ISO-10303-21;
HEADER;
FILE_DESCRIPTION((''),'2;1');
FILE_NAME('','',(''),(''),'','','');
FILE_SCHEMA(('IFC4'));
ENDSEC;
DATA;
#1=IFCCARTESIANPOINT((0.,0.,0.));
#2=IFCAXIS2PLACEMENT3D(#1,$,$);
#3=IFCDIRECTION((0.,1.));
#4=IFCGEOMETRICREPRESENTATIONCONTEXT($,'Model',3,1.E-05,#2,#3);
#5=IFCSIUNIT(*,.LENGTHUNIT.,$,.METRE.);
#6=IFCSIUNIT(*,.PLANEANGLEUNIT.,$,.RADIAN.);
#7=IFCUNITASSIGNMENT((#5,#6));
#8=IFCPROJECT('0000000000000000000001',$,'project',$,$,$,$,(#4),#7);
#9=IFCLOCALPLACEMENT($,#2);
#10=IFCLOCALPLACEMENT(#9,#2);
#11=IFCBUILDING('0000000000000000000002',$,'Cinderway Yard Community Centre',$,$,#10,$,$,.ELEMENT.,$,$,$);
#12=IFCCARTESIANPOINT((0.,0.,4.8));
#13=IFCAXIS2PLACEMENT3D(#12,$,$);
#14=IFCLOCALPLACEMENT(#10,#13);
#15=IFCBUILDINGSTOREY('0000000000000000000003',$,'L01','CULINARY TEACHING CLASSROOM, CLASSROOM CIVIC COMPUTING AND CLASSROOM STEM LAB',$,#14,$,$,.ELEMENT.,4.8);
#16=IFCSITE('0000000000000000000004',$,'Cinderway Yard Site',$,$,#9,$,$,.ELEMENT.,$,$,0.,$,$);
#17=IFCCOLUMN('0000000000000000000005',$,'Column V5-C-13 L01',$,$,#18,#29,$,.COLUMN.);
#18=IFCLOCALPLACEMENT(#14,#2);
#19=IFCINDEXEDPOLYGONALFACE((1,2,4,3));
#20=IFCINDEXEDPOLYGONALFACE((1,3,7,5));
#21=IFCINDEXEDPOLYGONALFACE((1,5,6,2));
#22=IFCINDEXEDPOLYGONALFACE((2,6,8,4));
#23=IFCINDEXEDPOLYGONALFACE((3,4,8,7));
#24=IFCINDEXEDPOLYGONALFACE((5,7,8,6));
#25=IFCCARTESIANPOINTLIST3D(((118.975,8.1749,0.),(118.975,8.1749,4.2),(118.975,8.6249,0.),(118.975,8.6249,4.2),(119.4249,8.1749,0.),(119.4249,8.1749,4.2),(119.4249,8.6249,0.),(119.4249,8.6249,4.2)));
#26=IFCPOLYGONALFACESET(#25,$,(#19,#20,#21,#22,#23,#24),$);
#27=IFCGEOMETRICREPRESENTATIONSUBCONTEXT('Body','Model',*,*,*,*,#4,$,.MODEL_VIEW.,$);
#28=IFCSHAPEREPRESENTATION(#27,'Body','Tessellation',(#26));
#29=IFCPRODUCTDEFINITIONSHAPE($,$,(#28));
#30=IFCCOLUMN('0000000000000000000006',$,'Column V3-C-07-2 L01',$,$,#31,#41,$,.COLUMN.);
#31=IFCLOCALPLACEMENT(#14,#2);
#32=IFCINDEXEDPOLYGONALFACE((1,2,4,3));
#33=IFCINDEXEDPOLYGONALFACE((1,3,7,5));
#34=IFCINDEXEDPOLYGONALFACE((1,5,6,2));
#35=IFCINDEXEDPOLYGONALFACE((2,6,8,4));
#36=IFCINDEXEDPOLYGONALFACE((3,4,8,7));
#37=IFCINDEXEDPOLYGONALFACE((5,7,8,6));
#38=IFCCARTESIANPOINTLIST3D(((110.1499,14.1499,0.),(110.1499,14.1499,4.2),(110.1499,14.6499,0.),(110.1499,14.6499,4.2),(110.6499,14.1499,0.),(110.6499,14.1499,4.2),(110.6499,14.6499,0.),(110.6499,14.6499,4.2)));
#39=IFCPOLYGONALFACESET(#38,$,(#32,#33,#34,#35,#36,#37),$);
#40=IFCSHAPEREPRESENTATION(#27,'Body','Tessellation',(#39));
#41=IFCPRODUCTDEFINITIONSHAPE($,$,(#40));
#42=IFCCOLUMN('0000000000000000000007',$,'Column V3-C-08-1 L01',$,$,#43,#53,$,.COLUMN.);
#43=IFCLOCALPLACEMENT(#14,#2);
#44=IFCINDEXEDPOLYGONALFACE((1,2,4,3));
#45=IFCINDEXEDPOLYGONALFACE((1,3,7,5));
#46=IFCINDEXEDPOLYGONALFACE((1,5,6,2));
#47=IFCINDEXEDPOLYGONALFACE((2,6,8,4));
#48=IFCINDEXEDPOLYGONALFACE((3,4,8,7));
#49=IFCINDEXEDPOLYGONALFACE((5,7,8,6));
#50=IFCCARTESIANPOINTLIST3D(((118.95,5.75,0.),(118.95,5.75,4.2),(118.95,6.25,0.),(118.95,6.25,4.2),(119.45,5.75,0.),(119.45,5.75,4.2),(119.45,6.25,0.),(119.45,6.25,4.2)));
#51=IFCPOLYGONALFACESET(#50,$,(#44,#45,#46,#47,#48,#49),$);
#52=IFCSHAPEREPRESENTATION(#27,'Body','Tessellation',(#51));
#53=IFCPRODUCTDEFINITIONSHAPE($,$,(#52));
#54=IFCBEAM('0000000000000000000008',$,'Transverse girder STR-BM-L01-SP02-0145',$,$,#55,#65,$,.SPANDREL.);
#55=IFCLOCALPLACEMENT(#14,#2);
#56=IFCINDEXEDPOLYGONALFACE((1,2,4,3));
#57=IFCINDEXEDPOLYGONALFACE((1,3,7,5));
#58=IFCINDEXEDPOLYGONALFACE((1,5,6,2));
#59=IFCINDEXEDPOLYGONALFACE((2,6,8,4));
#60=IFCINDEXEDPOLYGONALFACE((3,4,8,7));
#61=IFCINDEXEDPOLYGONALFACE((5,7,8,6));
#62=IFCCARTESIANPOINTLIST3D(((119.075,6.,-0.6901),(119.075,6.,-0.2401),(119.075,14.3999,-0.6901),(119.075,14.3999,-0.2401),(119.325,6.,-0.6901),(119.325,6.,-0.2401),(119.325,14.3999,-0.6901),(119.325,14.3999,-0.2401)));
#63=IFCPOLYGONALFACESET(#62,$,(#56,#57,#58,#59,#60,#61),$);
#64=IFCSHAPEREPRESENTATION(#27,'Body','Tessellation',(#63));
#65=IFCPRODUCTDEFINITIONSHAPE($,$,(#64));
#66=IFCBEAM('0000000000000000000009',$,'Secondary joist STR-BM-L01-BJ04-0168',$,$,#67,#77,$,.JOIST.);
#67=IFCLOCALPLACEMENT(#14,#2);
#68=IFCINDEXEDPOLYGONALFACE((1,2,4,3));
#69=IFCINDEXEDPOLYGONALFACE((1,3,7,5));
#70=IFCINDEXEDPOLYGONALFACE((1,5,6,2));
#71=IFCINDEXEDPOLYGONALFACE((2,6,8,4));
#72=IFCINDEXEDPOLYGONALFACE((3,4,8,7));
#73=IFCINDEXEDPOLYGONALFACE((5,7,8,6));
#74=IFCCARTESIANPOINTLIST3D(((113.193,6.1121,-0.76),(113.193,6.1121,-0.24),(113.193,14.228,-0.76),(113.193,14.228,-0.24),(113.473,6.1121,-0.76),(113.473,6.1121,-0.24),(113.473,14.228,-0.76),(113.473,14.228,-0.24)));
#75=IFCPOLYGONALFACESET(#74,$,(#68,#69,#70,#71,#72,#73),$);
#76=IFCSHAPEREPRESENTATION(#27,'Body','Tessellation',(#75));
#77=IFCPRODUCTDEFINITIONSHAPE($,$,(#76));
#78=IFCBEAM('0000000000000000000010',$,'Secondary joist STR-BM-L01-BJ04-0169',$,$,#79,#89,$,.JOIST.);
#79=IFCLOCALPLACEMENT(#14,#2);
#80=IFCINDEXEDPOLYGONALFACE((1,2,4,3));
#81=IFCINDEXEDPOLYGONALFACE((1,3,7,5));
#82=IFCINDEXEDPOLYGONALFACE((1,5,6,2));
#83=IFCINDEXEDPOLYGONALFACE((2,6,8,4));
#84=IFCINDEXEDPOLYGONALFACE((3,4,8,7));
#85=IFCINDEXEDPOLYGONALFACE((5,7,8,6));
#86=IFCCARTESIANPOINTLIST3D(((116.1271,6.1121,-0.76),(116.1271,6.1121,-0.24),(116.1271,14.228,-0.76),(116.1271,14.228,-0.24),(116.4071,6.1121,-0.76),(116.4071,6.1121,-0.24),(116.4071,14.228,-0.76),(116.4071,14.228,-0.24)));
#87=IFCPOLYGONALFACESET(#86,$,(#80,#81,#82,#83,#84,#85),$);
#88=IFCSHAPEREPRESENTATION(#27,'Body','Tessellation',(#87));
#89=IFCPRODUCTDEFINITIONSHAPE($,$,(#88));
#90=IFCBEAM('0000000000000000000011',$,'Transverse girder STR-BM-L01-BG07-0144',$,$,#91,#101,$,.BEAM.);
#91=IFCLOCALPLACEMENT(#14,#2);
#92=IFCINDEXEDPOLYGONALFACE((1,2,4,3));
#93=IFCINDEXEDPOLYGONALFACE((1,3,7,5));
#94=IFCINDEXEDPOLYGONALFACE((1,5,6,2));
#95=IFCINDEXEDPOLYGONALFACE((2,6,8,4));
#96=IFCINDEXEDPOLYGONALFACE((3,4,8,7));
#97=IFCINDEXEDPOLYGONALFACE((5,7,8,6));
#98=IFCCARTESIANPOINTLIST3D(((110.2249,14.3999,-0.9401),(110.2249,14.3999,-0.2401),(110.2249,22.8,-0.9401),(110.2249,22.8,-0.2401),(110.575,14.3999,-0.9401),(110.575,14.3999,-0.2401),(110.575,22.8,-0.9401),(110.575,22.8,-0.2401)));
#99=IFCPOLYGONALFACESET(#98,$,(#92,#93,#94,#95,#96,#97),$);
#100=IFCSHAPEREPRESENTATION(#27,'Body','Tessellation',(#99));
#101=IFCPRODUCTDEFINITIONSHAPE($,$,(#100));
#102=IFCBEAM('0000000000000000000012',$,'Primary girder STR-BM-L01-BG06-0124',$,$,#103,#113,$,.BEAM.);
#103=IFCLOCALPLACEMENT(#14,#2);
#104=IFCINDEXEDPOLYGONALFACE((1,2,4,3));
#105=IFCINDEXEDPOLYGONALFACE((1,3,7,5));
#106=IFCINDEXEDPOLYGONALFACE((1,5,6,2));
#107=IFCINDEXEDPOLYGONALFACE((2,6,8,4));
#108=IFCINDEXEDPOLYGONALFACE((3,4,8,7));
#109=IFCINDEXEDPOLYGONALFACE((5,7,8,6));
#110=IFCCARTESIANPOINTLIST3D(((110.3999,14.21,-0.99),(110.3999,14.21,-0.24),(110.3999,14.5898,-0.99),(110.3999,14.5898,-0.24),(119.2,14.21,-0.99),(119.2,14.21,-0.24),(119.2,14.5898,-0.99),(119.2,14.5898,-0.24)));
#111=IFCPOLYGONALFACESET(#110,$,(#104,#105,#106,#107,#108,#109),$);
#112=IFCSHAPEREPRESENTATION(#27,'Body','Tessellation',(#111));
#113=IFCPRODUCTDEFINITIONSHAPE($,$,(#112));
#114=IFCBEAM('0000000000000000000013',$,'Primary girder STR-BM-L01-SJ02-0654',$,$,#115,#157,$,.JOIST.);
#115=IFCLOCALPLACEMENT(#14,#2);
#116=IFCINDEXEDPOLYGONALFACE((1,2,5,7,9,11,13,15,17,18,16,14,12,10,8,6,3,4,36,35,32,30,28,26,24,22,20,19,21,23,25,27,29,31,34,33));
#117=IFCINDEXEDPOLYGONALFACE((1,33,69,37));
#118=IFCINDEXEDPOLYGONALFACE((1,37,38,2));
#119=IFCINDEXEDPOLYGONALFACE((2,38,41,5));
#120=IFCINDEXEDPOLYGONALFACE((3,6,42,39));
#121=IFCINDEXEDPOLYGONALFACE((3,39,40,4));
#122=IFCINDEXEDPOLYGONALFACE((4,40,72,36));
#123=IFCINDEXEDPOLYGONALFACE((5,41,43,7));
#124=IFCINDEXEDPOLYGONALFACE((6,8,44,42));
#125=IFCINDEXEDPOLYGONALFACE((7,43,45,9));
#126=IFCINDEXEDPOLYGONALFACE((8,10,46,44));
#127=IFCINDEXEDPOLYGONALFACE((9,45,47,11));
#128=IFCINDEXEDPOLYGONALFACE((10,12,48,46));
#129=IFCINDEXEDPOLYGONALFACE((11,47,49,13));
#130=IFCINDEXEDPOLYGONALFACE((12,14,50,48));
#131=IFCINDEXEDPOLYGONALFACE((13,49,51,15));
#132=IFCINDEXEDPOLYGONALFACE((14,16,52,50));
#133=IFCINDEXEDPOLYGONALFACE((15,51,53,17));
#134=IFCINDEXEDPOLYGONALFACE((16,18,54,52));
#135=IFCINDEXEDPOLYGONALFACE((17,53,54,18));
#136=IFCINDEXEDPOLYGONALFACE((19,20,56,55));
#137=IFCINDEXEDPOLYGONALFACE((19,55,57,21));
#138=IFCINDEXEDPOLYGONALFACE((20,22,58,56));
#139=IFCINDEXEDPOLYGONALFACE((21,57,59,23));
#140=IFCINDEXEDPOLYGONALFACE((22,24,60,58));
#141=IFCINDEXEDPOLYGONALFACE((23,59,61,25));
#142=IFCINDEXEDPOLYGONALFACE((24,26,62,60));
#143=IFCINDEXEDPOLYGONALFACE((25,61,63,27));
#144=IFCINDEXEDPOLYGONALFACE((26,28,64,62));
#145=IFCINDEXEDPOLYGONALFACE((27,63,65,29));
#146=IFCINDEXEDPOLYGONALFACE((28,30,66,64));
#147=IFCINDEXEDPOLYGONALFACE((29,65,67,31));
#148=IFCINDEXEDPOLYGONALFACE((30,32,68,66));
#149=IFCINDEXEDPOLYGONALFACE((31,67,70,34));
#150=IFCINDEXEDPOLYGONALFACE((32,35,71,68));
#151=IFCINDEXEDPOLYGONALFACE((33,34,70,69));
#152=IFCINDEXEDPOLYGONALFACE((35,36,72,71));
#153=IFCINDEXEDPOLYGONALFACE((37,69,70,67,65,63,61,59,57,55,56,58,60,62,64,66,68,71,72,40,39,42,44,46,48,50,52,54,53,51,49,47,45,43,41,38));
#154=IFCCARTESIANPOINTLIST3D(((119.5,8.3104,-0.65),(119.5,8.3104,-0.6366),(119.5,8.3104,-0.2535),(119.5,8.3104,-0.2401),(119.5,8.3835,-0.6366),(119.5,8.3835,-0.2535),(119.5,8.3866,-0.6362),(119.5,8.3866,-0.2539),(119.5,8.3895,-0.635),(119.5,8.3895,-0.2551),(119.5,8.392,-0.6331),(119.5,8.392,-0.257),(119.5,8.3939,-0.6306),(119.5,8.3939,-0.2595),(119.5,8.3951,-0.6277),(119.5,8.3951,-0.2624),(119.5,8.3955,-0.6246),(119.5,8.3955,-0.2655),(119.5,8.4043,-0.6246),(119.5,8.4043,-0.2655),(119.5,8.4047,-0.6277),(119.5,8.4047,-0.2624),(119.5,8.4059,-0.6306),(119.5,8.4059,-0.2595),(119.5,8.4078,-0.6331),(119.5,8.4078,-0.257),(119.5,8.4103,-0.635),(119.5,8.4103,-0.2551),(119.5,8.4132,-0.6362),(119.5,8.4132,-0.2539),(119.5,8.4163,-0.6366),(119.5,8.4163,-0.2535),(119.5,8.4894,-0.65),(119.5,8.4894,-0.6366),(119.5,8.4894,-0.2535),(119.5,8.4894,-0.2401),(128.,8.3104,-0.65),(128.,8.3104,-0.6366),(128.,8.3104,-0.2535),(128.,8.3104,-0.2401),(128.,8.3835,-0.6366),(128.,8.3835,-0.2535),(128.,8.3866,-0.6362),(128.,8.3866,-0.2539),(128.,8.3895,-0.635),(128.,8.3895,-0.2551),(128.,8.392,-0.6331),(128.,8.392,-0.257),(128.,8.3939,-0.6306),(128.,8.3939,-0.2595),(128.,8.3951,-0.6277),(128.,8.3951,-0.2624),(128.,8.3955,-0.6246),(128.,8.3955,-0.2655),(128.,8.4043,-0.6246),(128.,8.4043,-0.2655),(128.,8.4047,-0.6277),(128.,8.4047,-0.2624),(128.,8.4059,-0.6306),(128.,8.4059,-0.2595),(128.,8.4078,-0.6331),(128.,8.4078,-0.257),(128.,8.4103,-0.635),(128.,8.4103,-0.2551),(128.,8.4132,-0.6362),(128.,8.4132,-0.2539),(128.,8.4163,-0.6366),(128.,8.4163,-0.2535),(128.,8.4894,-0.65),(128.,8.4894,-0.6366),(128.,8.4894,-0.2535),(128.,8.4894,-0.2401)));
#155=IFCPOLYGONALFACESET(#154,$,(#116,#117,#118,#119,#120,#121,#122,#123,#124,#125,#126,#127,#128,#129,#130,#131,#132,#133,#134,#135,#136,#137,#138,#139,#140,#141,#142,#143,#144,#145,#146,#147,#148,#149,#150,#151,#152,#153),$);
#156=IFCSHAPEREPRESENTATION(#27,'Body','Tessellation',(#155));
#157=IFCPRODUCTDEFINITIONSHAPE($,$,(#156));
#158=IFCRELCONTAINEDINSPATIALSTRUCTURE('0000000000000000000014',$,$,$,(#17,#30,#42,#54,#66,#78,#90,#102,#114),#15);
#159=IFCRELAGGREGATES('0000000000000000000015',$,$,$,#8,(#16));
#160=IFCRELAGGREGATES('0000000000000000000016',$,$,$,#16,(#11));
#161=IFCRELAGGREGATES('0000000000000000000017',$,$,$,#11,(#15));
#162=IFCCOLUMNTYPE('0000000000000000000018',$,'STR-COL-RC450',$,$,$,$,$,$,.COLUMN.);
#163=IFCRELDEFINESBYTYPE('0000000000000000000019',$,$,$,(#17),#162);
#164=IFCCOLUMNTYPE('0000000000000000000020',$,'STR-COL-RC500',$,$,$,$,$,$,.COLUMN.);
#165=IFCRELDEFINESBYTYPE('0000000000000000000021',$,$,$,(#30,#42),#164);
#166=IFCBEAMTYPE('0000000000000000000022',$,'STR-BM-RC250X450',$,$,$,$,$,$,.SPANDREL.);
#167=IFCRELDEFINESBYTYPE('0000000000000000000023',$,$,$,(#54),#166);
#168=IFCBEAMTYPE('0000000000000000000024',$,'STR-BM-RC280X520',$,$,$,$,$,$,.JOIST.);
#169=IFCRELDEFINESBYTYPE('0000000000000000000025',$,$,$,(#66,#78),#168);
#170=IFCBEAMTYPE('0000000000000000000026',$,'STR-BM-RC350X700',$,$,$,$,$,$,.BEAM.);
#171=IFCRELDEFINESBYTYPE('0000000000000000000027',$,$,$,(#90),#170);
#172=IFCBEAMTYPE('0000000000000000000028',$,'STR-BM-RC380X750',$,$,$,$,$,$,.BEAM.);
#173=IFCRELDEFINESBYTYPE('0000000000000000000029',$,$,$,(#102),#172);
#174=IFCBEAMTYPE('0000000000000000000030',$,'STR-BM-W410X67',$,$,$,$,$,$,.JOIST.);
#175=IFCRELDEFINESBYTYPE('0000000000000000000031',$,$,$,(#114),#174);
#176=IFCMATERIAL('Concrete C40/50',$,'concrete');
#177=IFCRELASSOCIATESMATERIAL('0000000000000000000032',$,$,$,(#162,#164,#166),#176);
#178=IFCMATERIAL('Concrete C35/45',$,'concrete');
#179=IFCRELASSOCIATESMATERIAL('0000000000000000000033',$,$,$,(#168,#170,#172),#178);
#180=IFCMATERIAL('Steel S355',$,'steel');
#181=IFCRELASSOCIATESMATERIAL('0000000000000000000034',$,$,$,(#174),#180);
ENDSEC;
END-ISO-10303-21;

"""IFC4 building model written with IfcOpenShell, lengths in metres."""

from ifc_helpers import new_model, si_unit, direction, frame, origin, origin_2d, place, context, subcontext, project, spatial, rectangle, i_section, extrude, material, material_profile, profile_set, type_object, element, save


model = new_model("IFC4")

# Units and contexts
model_context = context("Model", 3, precision=1e-05, world=origin(), true_north=direction((0.0, 1.0)))
body_context = subcontext(model_context, "Body", "Model", "MODEL_VIEW")
ifc_project = project(units=[si_unit("LENGTHUNIT", "METRE"), si_unit("PLANEANGLEUNIT", "RADIAN")], contexts=[model_context])

# Site, building, storey
site_placement = place(None, origin())
site = spatial("IfcSite", under=ifc_project, at=site_placement, Name="Cinderway Yard Site", CompositionType="ELEMENT", RefElevation=0.0)
building_placement = place(site_placement, origin())
building = spatial("IfcBuilding", under=site, at=building_placement, Name="Cinderway Yard Community Centre", CompositionType="ELEMENT")
storey_placement = place(building_placement, frame((0.0, 0.0, 4.8)))
storey = spatial("IfcBuildingStorey", under=building, at=storey_placement, Name="L01", Description="CULINARY TEACHING CLASSROOM, CLASSROOM CIVIC COMPUTING AND CLASSROOM STEM LAB", CompositionType="ELEMENT", Elevation=4.8)

# Columns
ifc_material_1 = material(Name="Concrete C40/50", Category="concrete")
ifc_material_profile_1 = material_profile(ifc_material_1, rectangle(XDim=0.45, YDim=0.45, at=origin_2d()), Name="Concrete C40/50")
ifc_profile_set_1 = profile_set([ifc_material_profile_1], Name="Concrete C40/50")
column_type_1 = type_object("IfcColumnType", Name="STR-COL-RC450", PredefinedType="COLUMN", material=ifc_profile_set_1)
column_placement = place(storey_placement, frame((119.2, 8.3999, 0.0), z_axis=(0.0, 0.0, 1.0), x_axis=(1.0, 0.0, 0.0)))
element("IfcColumn", 1, at=column_placement, inside=storey, type_object=column_type_1, Name="Column V5-C-13 L01", PredefinedType="COLUMN", context=body_context, shape_type="SweptSolid", body=[
    extrude(rectangle(XDim=0.45, YDim=0.45, at=origin_2d()), origin(), (0.0, 0.0, 1.0), 4.2),
])
ifc_material_profile_2 = material_profile(ifc_material_1, rectangle(XDim=0.5, YDim=0.5, at=origin_2d()), Name="Concrete C40/50")
ifc_profile_set_2 = profile_set([ifc_material_profile_2], Name="Concrete C40/50")
column_type_2 = type_object("IfcColumnType", Name="STR-COL-RC500", PredefinedType="COLUMN", material=ifc_profile_set_2)
for number, where, z_axis, x_axis, name in (
    (2, (110.3999, 14.3999, 0.0), (0.0, 0.0, 1.0), (1.0, 0.0, 0.0), "Column V3-C-07-2 L01"),
    (3, (119.2, 6.0, 0.0), (0.0, 0.0, 1.0), (1.0, 0.0, 0.0), "Column V3-C-08-1 L01"),
):
    element("IfcColumn", number, at=place(storey_placement, frame(where, z_axis=z_axis, x_axis=x_axis)), inside=storey, type_object=column_type_2, Name=name, PredefinedType="COLUMN", context=body_context, shape_type="SweptSolid", body=[
        extrude(rectangle(XDim=0.5, YDim=0.5, at=origin_2d()), origin(), (0.0, 0.0, 1.0), 4.2),
    ])

# Beams
ifc_material_profile_3 = material_profile(ifc_material_1, rectangle(XDim=0.25, YDim=0.45, at=origin_2d()), Name="Concrete C40/50")
ifc_profile_set_3 = profile_set([ifc_material_profile_3], Name="Concrete C40/50")
beam_type_1 = type_object("IfcBeamType", Name="STR-BM-RC250X450", PredefinedType="SPANDREL", material=ifc_profile_set_3)
beam_1_placement = place(storey_placement, frame((119.2, 6.0, -0.4651), z_axis=(0.0, 1.0, 0.0), x_axis=(-1.0, 0.0, 0.0)))
element("IfcBeam", 4, at=beam_1_placement, inside=storey, type_object=beam_type_1, Name="Transverse girder STR-BM-L01-SP02-0145", PredefinedType="SPANDREL", context=body_context, shape_type="SweptSolid", body=[
    extrude(rectangle(XDim=0.25, YDim=0.45, at=origin_2d()), origin(), (0.0, 0.0, 1.0), 8.3999),
])
ifc_material_2 = material(Name="Concrete C35/45", Category="concrete")
ifc_material_profile_4 = material_profile(ifc_material_2, rectangle(XDim=0.28, YDim=0.52, at=origin_2d()), Name="Concrete C35/45")
ifc_profile_set_4 = profile_set([ifc_material_profile_4], Name="Concrete C35/45")
beam_type_2 = type_object("IfcBeamType", Name="STR-BM-RC280X520", PredefinedType="JOIST", material=ifc_profile_set_4)
for number, where, z_axis, x_axis, name in (
    (5, (113.333, 6.1121, -0.5), (0.0, 1.0, 0.0), (-1.0, 0.0, 0.0), "Secondary joist STR-BM-L01-BJ04-0168"),
    (6, (116.2671, 6.1121, -0.5), (0.0, 1.0, 0.0), (-1.0, 0.0, 0.0), "Secondary joist STR-BM-L01-BJ04-0169"),
):
    element("IfcBeam", number, at=place(storey_placement, frame(where, z_axis=z_axis, x_axis=x_axis)), inside=storey, type_object=beam_type_2, Name=name, PredefinedType="JOIST", context=body_context, shape_type="SweptSolid", body=[
        extrude(rectangle(XDim=0.28, YDim=0.52, at=origin_2d()), origin(), (0.0, 0.0, 1.0), 8.116),
    ])
ifc_material_profile_5 = material_profile(ifc_material_2, rectangle(XDim=0.3501, YDim=0.7, at=origin_2d()), Name="Concrete C35/45")
ifc_profile_set_5 = profile_set([ifc_material_profile_5], Name="Concrete C35/45")
beam_type_3 = type_object("IfcBeamType", Name="STR-BM-RC350X700", PredefinedType="BEAM", material=ifc_profile_set_5)
beam_2_placement = place(storey_placement, frame((110.3999, 14.3999, -0.5901), z_axis=(0.0, 1.0, 0.0), x_axis=(-1.0, 0.0, 0.0)))
element("IfcBeam", 7, at=beam_2_placement, inside=storey, type_object=beam_type_3, Name="Transverse girder STR-BM-L01-BG07-0144", PredefinedType="BEAM", context=body_context, shape_type="SweptSolid", body=[
    extrude(rectangle(XDim=0.3501, YDim=0.7, at=origin_2d()), origin(), (0.0, 0.0, 1.0), 8.4001),
])
ifc_material_profile_6 = material_profile(ifc_material_2, rectangle(XDim=0.3799, YDim=0.75, at=origin_2d()), Name="Concrete C35/45")
ifc_profile_set_6 = profile_set([ifc_material_profile_6], Name="Concrete C35/45")
beam_type_4 = type_object("IfcBeamType", Name="STR-BM-RC380X750", PredefinedType="BEAM", material=ifc_profile_set_6)
beam_3_placement = place(storey_placement, frame((110.3999, 14.3999, -0.615), z_axis=(1.0, 0.0, 0.0), x_axis=(0.0, 1.0, 0.0)))
element("IfcBeam", 8, at=beam_3_placement, inside=storey, type_object=beam_type_4, Name="Primary girder STR-BM-L01-BG06-0124", PredefinedType="BEAM", context=body_context, shape_type="SweptSolid", body=[
    extrude(rectangle(XDim=0.3799, YDim=0.75, at=origin_2d()), origin(), (0.0, 0.0, 1.0), 8.8),
])
ifc_material_3 = material(Name="Steel S355", Category="steel")
ifc_material_profile_7 = material_profile(ifc_material_3, i_section(OverallWidth=0.179, OverallDepth=0.4099, WebThickness=0.0088, FlangeThickness=0.0134, FilletRadius=0.012, at=origin_2d()), Name="Steel S355")
ifc_profile_set_7 = profile_set([ifc_material_profile_7], Name="Steel S355")
beam_type_5 = type_object("IfcBeamType", Name="STR-BM-W410X67", PredefinedType="JOIST", material=ifc_profile_set_7)
beam_4_placement = place(storey_placement, frame((119.5, 8.3999, -0.4451), z_axis=(1.0, 0.0, 0.0), x_axis=(0.0, 1.0, 0.0)))
element("IfcBeam", 9, at=beam_4_placement, inside=storey, type_object=beam_type_5, Name="Primary girder STR-BM-L01-SJ02-0654", PredefinedType="JOIST", context=body_context, shape_type="SweptSolid", body=[
    extrude(i_section(OverallWidth=0.179, OverallDepth=0.4099, WebThickness=0.0088, FlangeThickness=0.0134, FilletRadius=0.012, at=origin_2d()), origin(), (0.0, 0.0, 1.0), 8.5),
])

save(model, "model.ifc")
